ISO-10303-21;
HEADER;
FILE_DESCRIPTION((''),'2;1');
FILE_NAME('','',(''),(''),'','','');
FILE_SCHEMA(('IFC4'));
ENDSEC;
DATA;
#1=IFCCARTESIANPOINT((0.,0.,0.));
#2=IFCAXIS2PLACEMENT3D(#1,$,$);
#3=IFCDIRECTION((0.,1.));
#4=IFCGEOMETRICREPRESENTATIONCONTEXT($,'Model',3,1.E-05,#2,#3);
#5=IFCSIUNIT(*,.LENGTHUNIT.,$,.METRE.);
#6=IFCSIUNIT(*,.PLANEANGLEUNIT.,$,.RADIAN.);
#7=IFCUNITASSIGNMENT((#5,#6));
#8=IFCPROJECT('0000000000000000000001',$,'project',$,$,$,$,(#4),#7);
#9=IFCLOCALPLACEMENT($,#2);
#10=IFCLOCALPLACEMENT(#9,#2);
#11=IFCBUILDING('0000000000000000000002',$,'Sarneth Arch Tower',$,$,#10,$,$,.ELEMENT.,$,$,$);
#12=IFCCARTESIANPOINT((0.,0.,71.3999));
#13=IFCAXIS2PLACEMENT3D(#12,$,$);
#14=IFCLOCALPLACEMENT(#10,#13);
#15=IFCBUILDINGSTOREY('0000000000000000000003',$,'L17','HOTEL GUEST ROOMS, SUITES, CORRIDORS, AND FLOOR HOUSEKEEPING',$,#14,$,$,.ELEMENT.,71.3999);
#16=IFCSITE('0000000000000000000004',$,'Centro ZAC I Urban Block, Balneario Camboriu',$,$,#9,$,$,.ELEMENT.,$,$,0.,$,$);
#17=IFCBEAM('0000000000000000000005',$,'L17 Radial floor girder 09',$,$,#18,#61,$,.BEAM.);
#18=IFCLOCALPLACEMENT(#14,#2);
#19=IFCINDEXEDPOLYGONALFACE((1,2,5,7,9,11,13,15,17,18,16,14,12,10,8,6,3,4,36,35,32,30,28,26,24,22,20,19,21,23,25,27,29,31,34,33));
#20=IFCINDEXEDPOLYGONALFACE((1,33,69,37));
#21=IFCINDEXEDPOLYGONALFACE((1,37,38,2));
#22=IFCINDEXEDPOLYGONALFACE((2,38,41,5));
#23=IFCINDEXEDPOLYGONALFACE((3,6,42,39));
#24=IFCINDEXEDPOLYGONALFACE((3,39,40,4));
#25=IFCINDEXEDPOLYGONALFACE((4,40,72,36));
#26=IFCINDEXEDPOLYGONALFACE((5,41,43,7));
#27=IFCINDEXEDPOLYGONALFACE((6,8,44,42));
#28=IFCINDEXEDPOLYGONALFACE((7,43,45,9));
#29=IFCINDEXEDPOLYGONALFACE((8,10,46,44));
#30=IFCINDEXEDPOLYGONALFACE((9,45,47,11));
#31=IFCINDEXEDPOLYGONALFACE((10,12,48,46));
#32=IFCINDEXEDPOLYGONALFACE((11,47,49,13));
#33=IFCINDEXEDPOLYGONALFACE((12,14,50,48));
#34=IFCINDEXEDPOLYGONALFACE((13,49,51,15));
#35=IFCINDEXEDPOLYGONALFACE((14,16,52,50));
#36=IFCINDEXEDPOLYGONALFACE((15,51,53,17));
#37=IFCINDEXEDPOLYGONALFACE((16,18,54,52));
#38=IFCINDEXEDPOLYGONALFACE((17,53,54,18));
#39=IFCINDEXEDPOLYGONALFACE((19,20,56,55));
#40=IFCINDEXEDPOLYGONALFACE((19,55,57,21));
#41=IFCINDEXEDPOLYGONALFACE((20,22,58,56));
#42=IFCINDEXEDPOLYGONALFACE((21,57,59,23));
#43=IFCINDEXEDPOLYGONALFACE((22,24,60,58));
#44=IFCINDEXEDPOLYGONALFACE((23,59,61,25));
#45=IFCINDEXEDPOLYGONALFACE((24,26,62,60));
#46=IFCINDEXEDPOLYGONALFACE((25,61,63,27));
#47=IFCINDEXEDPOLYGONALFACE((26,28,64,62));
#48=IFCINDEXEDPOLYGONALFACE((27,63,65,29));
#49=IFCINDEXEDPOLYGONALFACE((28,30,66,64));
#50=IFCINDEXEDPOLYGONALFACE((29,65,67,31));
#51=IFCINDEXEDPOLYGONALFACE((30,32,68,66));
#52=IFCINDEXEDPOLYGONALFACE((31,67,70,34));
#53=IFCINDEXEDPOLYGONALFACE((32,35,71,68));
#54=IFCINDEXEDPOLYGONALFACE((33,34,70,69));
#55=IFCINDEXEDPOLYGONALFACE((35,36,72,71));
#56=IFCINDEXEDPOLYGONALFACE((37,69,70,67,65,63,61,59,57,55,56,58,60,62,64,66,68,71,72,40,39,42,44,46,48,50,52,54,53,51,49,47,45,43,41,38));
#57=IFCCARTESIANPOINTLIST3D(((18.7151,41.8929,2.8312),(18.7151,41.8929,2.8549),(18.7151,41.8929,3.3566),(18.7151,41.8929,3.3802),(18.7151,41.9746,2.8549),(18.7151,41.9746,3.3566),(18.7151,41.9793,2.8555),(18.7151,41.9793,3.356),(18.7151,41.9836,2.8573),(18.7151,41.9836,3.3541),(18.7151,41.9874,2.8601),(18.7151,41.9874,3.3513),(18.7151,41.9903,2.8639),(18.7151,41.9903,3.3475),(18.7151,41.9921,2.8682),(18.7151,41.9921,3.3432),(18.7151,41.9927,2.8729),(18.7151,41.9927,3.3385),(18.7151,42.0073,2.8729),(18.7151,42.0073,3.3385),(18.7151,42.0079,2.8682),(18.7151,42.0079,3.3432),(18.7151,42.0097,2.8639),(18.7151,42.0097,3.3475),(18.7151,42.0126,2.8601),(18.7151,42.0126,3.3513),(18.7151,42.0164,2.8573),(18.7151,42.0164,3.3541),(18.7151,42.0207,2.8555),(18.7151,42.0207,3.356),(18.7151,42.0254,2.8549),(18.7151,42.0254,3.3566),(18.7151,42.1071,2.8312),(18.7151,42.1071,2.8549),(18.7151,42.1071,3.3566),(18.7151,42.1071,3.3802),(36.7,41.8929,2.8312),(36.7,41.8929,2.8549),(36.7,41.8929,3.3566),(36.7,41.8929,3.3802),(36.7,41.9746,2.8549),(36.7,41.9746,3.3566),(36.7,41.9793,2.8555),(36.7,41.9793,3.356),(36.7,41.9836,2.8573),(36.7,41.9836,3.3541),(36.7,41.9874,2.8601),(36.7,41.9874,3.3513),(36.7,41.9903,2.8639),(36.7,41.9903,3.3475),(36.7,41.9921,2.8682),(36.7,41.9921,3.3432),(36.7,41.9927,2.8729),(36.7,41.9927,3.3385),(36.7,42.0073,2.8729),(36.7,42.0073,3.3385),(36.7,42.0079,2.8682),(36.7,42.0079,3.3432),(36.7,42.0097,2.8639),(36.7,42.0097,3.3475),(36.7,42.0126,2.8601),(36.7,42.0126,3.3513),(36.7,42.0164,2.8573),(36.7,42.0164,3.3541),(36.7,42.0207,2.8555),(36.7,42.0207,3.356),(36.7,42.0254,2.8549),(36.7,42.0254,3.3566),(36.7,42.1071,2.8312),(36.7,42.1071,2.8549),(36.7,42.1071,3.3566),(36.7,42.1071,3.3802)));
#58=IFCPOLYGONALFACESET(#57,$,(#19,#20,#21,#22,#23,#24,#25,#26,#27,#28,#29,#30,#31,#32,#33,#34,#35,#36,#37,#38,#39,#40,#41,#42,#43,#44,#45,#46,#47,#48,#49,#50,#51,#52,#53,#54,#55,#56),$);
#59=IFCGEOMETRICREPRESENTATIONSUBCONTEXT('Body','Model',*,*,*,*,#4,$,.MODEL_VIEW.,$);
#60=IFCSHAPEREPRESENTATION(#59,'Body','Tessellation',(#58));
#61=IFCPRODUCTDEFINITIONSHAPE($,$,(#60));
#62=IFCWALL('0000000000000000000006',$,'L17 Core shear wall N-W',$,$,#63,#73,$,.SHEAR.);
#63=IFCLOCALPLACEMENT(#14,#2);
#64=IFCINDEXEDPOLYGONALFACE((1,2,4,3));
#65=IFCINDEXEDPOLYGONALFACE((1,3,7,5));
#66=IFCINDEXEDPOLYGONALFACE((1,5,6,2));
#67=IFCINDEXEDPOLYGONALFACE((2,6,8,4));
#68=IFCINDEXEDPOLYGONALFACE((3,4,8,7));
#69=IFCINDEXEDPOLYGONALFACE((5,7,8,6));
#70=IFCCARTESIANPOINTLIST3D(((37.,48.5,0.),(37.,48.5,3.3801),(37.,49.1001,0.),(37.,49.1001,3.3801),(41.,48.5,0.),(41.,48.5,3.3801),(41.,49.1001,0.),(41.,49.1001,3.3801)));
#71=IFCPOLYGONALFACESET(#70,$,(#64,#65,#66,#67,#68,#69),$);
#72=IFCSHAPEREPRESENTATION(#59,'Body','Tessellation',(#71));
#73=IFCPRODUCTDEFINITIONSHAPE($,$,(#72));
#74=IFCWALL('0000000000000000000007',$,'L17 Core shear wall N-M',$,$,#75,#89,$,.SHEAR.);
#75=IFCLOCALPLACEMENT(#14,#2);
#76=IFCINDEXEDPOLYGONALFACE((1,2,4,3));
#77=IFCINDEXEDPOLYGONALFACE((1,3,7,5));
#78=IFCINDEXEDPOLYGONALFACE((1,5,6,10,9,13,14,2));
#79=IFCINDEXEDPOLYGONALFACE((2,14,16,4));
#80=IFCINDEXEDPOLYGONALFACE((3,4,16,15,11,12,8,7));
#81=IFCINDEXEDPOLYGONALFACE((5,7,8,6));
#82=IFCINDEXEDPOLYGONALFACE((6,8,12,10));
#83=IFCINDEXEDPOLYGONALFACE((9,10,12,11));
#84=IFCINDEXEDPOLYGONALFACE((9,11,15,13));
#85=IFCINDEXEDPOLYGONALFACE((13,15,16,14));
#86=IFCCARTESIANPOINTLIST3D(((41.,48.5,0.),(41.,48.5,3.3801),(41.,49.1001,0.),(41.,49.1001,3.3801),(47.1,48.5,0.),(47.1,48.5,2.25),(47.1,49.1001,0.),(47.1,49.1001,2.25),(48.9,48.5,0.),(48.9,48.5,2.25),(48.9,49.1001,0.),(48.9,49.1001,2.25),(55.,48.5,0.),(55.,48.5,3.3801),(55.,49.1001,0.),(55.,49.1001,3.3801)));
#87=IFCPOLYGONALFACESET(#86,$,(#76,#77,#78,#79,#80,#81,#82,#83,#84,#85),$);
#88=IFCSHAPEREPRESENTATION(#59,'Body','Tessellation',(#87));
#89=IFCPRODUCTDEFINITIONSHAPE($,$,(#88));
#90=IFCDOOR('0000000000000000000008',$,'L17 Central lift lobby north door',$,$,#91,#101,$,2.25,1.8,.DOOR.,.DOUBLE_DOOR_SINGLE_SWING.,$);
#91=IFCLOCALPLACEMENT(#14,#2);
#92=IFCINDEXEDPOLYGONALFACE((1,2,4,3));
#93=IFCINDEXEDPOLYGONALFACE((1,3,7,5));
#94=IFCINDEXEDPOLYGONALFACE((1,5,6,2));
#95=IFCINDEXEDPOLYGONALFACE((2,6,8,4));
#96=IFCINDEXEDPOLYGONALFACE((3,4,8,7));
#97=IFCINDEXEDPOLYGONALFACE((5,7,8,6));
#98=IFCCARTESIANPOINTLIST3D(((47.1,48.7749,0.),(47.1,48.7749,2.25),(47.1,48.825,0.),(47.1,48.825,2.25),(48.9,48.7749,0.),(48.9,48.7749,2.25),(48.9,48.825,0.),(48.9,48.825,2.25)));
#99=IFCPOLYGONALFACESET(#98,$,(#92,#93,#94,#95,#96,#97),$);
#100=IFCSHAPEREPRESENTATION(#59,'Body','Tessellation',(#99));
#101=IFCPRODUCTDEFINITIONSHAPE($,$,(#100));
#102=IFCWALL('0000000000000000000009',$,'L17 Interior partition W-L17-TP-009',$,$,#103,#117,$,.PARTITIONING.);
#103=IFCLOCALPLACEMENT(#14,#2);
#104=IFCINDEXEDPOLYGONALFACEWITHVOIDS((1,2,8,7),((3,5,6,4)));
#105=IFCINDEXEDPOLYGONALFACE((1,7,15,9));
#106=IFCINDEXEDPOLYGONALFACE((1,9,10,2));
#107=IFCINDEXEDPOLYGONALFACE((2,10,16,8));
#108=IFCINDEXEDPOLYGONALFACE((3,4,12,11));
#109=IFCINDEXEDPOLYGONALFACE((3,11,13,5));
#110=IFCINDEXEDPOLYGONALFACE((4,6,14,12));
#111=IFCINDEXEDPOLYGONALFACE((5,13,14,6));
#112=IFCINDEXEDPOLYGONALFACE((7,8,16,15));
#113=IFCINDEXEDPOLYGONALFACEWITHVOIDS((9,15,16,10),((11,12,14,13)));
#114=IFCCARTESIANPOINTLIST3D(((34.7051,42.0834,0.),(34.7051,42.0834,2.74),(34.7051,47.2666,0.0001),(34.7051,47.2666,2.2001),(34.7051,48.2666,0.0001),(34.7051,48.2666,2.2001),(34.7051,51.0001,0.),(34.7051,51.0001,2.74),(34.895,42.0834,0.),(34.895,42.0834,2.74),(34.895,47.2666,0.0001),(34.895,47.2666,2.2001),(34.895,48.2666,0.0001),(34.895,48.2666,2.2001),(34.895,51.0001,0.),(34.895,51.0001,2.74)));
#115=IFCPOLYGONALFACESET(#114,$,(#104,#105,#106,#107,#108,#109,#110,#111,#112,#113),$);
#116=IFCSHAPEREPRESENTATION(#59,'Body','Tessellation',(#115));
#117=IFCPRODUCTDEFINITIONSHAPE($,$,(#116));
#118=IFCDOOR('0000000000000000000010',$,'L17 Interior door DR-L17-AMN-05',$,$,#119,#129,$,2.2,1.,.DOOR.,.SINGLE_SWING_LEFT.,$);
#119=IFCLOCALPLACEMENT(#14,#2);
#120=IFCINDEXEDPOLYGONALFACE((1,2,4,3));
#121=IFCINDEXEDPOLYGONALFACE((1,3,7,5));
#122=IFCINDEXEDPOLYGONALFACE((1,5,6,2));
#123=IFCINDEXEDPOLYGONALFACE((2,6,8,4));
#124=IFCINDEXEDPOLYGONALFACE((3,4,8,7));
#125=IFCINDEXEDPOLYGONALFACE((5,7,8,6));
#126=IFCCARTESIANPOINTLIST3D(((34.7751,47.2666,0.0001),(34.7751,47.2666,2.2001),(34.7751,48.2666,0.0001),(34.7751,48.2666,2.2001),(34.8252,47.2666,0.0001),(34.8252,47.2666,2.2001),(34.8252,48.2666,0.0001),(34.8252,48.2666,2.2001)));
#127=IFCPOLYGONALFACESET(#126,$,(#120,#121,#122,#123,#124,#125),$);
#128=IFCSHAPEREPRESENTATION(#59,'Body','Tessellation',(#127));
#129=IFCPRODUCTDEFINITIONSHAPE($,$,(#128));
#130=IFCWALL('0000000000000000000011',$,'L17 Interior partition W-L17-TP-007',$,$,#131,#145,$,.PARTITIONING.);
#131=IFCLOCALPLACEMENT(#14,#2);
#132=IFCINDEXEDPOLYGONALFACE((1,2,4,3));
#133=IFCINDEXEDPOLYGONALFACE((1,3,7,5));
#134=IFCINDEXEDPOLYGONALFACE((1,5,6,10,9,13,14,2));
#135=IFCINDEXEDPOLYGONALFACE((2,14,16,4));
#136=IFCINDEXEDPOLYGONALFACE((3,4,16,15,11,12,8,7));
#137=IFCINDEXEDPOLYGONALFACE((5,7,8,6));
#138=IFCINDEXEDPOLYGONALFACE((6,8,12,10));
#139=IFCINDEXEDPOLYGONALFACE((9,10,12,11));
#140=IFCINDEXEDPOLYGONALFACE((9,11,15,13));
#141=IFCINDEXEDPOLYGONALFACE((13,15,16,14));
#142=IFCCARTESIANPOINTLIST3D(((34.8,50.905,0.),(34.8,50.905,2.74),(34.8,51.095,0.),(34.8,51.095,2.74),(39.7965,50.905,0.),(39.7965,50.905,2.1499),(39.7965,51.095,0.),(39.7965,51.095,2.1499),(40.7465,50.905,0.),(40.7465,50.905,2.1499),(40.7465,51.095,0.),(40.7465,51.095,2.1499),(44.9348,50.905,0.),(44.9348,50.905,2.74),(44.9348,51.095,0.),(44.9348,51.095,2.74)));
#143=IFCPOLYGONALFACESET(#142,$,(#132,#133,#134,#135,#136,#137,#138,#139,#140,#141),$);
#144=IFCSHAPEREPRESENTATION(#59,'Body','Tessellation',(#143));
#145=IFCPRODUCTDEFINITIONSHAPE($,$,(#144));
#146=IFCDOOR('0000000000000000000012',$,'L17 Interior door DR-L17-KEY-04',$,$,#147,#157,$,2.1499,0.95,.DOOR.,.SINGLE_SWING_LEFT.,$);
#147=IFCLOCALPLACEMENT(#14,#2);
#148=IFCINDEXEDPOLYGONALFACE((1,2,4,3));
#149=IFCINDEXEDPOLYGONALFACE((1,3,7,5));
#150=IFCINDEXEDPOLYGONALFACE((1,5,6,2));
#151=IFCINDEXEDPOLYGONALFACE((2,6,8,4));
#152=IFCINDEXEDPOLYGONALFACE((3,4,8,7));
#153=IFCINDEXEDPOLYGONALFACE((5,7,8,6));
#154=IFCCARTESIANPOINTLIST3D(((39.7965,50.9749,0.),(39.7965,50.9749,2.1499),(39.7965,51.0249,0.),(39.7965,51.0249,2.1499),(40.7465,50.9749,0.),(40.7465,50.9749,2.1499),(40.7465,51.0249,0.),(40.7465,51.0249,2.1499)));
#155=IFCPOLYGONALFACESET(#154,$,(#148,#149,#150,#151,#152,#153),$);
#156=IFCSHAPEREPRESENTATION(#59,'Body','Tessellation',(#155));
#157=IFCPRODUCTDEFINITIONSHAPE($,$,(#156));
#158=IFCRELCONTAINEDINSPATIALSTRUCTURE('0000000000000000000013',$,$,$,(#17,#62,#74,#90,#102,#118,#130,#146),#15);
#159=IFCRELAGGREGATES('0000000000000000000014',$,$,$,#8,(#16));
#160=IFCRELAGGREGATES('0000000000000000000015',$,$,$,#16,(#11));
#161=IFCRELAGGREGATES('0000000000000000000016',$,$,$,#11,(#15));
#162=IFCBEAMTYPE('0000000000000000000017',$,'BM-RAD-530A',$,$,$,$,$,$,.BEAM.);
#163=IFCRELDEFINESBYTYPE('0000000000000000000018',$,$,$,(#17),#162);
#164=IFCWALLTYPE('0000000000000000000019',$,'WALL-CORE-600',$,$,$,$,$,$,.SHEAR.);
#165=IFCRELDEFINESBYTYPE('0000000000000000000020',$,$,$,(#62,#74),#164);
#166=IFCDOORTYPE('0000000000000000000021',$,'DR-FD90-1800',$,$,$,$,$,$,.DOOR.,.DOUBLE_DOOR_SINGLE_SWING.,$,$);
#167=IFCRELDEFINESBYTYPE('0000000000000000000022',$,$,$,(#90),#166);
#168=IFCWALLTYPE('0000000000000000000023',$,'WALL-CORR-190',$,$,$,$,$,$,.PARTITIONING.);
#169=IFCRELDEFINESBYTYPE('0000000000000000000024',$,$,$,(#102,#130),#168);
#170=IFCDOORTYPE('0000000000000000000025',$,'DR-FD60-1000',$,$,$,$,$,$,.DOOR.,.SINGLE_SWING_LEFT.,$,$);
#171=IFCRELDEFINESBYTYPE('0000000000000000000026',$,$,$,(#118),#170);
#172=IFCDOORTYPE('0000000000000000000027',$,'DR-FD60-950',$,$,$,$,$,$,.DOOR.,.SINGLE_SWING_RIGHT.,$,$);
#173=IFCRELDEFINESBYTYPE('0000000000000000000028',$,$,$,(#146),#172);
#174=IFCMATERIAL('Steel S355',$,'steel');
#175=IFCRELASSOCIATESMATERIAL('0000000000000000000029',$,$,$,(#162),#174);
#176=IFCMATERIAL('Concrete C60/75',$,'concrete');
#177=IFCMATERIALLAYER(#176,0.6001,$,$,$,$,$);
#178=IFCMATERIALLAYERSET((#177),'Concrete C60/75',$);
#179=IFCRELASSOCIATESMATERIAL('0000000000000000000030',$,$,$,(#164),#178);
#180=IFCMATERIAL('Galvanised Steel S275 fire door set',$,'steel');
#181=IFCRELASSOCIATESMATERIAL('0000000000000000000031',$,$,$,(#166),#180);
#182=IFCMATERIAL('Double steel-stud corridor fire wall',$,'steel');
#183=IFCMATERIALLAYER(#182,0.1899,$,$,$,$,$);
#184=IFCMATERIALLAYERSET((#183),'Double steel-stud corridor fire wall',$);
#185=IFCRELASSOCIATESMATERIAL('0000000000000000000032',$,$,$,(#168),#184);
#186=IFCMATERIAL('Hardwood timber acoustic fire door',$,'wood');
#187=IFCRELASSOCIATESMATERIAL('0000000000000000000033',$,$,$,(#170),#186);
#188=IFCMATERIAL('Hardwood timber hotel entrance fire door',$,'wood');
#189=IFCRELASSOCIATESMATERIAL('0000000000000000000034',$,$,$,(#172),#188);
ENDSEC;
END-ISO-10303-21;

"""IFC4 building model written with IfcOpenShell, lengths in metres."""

from ifc_helpers import new_model, si_unit, direction, frame, frame_2d, origin, origin_2d, place, context, subcontext, project, spatial, rectangle, i_section, extrude, material, layer, layer_set, material_profile, profile_set, type_object, element, fill, save


model = new_model("IFC4")

# Units and contexts
model_context = context("Model", 3, precision=1e-05, world=origin(), true_north=direction((0.0, 1.0)))
body_context = subcontext(model_context, "Body", "Model", "MODEL_VIEW")
ifc_project = project(units=[si_unit("LENGTHUNIT", "METRE"), si_unit("PLANEANGLEUNIT", "RADIAN")], contexts=[model_context])

# Site, building, storey
site_placement = place(None, origin())
site = spatial("IfcSite", under=ifc_project, at=site_placement, Name="Centro ZAC I Urban Block, Balneario Camboriu", CompositionType="ELEMENT", RefElevation=0.0)
building_placement = place(site_placement, origin())
building = spatial("IfcBuilding", under=site, at=building_placement, Name="Sarneth Arch Tower", CompositionType="ELEMENT")
storey_placement = place(building_placement, frame((0.0, 0.0, 71.3999)))
storey = spatial("IfcBuildingStorey", under=building, at=storey_placement, Name="L17", Description="HOTEL GUEST ROOMS, SUITES, CORRIDORS, AND FLOOR HOUSEKEEPING", CompositionType="ELEMENT", Elevation=71.3999)

# Beam
ifc_material_1 = material(Name="Steel S355", Category="steel")
ifc_material_profile = material_profile(ifc_material_1, i_section(OverallWidth=0.2141, OverallDepth=0.5491, WebThickness=0.0146, FlangeThickness=0.0237, FilletRadius=0.0181, at=origin_2d()), Name="W530x138")
ifc_profile_set = profile_set([ifc_material_profile], Name="Steel S355")
beam_type = type_object("IfcBeamType", Name="BM-RAD-530A", PredefinedType="BEAM", material=ifc_profile_set)
beam_1_placement = place(storey_placement, frame((36.7, 42.0, 3.1057), z_axis=(-1.0, 0.0, 0.0), x_axis=(0.0, -1.0, 0.0)))
element("IfcBeam", 1, at=beam_1_placement, inside=storey, type_object=beam_type, Name="L17 Radial floor girder 09", PredefinedType="BEAM", context=body_context, shape_type="SweptSolid", body=[
    extrude(i_section(OverallWidth=0.2141, OverallDepth=0.5491, WebThickness=0.0146, FlangeThickness=0.0237, FilletRadius=0.0181, at=origin_2d()), origin(), (0.0, 0.0, 1.0), 17.9849),
])

# Wall
ifc_material_2 = material(Name="Concrete C60/75", Category="concrete")
ifc_layer_1 = layer(ifc_material_2, 0.6001)
ifc_layer_set_1 = layer_set([ifc_layer_1], Name="Concrete C60/75")
wall_type_1 = type_object("IfcWallType", Name="WALL-CORE-600", PredefinedType="SHEAR", material=ifc_layer_set_1)
wall_1_placement = place(storey_placement, frame((37.0, 48.8, 0.0), z_axis=(0.0, 0.0, 1.0), x_axis=(1.0, 0.0, 0.0)))
element("IfcWall", 2, at=wall_1_placement, inside=storey, type_object=wall_type_1, Name="L17 Core shear wall N-W", PredefinedType="SHEAR", context=body_context, shape_type="SweptSolid", body=[
    extrude(rectangle(XDim=4.0, YDim=0.6001, at=frame_2d((2.0, 0.0))), origin(), (0.0, 0.0, 1.0), 3.3801),
])

# Walls, openings, doors
wall_2_placement = place(storey_placement, frame((41.0, 48.8, 0.0), z_axis=(0.0, 0.0, 1.0), x_axis=(1.0, 0.0, 0.0)))
wall_2 = element("IfcWall", 3, at=wall_2_placement, inside=storey, type_object=wall_type_1, Name="L17 Core shear wall N-M", PredefinedType="SHEAR", context=body_context, shape_type="SweptSolid", body=[
    extrude(rectangle(XDim=14.0, YDim=0.6001, at=frame_2d((7.0, 0.0))), origin(), (0.0, 0.0, 1.0), 3.3801),
])
opening_1_placement = place(wall_2_placement, frame((6.1001, 0.0, 0.0)))
opening_1 = element("IfcOpeningElement", 4, at=opening_1_placement, cuts=wall_2, PredefinedType="OPENING", context=body_context, shape_type="SweptSolid", body=[
    extrude(rectangle(XDim=1.8, YDim=2.25, at=frame_2d((0.8999, 1.125))), frame((0.0, 0.3101, 0.0), z_axis=(0.0, -1.0, 0.0), x_axis=(1.0, 0.0, 0.0)), (0.0, 0.0, 1.0), 0.6201),
])
ifc_material_3 = material(Name="Galvanised Steel S275 fire door set", Category="steel")
door_type_1 = type_object("IfcDoorType", Name="DR-FD90-1800", OperationType="DOUBLE_DOOR_SINGLE_SWING", PredefinedType="DOOR", material=ifc_material_3)
door_1_placement = place(opening_1_placement, origin())
door_1 = element("IfcDoor", 5, at=door_1_placement, inside=storey, type_object=door_type_1, Name="L17 Central lift lobby north door", OperationType="DOUBLE_DOOR_SINGLE_SWING", OverallHeight=2.25, OverallWidth=1.8, PredefinedType="DOOR", context=body_context, shape_type="SweptSolid", body=[
    extrude(rectangle(XDim=1.8, YDim=2.25, at=frame_2d((0.8999, 1.125))), frame((0.0, 0.0249, 0.0), z_axis=(0.0, -1.0, 0.0), x_axis=(1.0, 0.0, 0.0)), (0.0, 0.0, 1.0), 0.05),
])
fill(opening_1, door_1)
ifc_material_4 = material(Name="Double steel-stud corridor fire wall", Category="steel")
ifc_layer_2 = layer(ifc_material_4, 0.1899)
ifc_layer_set_2 = layer_set([ifc_layer_2], Name="Double steel-stud corridor fire wall")
wall_type_2 = type_object("IfcWallType", Name="WALL-CORR-190", PredefinedType="PARTITIONING", material=ifc_layer_set_2)
wall_3_placement = place(storey_placement, frame((34.8, 42.0833, 0.0), z_axis=(0.0, 0.0, 1.0), x_axis=(0.0, 1.0, 0.0)))
wall_3 = element("IfcWall", 6, at=wall_3_placement, inside=storey, type_object=wall_type_2, Name="L17 Interior partition W-L17-TP-009", PredefinedType="PARTITIONING", context=body_context, shape_type="SweptSolid", body=[
    extrude(rectangle(XDim=8.9167, YDim=0.1899, at=frame_2d((4.4585, 0.0))), origin(), (0.0, 0.0, 1.0), 2.74),
])
opening_2_placement = place(wall_3_placement, frame((5.1833, 0.0, 0.0)))
opening_2 = element("IfcOpeningElement", 7, at=opening_2_placement, cuts=wall_3, PredefinedType="OPENING", context=body_context, shape_type="SweptSolid", body=[
    extrude(rectangle(XDim=1.0, YDim=2.2, at=frame_2d((0.5, 1.1001))), frame((0.0, 0.105, 0.0), z_axis=(0.0, -1.0, 0.0), x_axis=(1.0, 0.0, 0.0)), (0.0, 0.0, 1.0), 0.21),
])
ifc_material_5 = material(Name="Hardwood timber acoustic fire door", Category="wood")
door_type_2 = type_object("IfcDoorType", Name="DR-FD60-1000", OperationType="SINGLE_SWING_LEFT", PredefinedType="DOOR", material=ifc_material_5)
door_2_placement = place(opening_2_placement, origin())
door_2 = element("IfcDoor", 8, at=door_2_placement, inside=storey, type_object=door_type_2, Name="L17 Interior door DR-L17-AMN-05", OperationType="SINGLE_SWING_LEFT", OverallHeight=2.2, OverallWidth=1.0, PredefinedType="DOOR", context=body_context, shape_type="SweptSolid", body=[
    extrude(rectangle(XDim=1.0, YDim=2.2, at=frame_2d((0.5, 1.1001))), frame((0.0, 0.0249, 0.0), z_axis=(0.0, -1.0, 0.0), x_axis=(1.0, 0.0, 0.0)), (0.0, 0.0, 1.0), 0.05),
])
fill(opening_2, door_2)
wall_4_placement = place(storey_placement, frame((34.8, 51.0, 0.0), z_axis=(0.0, 0.0, 1.0), x_axis=(1.0, 0.0, 0.0)))
wall_4 = element("IfcWall", 9, at=wall_4_placement, inside=storey, type_object=wall_type_2, Name="L17 Interior partition W-L17-TP-007", PredefinedType="PARTITIONING", context=body_context, shape_type="SweptSolid", body=[
    extrude(rectangle(XDim=10.1348, YDim=0.1899, at=frame_2d((5.0674, 0.0))), origin(), (0.0, 0.0, 1.0), 2.74),
])
opening_3_placement = place(wall_4_placement, frame((4.9963, 0.0, 0.0)))
opening_3 = element("IfcOpeningElement", 10, at=opening_3_placement, cuts=wall_4, PredefinedType="OPENING", context=body_context, shape_type="SweptSolid", body=[
    extrude(rectangle(XDim=0.95, YDim=2.1499, at=frame_2d((0.4751, 1.075))), frame((0.0, 0.105, 0.0), z_axis=(0.0, -1.0, 0.0), x_axis=(1.0, 0.0, 0.0)), (0.0, 0.0, 1.0), 0.21),
])
ifc_material_6 = material(Name="Hardwood timber hotel entrance fire door", Category="wood")
door_type_3 = type_object("IfcDoorType", Name="DR-FD60-950", OperationType="SINGLE_SWING_RIGHT", PredefinedType="DOOR", material=ifc_material_6)
door_3_placement = place(opening_3_placement, origin())
door_3 = element("IfcDoor", 11, at=door_3_placement, inside=storey, type_object=door_type_3, Name="L17 Interior door DR-L17-KEY-04", OperationType="SINGLE_SWING_LEFT", OverallHeight=2.1499, OverallWidth=0.95, PredefinedType="DOOR", context=body_context, shape_type="SweptSolid", body=[
    extrude(rectangle(XDim=0.95, YDim=2.1499, at=frame_2d((0.4751, 1.075))), frame((0.0, 0.0249, 0.0), z_axis=(0.0, -1.0, 0.0), x_axis=(1.0, 0.0, 0.0)), (0.0, 0.0, 1.0), 0.05),
])
fill(opening_3, door_3)

save(model, "model.ifc")
